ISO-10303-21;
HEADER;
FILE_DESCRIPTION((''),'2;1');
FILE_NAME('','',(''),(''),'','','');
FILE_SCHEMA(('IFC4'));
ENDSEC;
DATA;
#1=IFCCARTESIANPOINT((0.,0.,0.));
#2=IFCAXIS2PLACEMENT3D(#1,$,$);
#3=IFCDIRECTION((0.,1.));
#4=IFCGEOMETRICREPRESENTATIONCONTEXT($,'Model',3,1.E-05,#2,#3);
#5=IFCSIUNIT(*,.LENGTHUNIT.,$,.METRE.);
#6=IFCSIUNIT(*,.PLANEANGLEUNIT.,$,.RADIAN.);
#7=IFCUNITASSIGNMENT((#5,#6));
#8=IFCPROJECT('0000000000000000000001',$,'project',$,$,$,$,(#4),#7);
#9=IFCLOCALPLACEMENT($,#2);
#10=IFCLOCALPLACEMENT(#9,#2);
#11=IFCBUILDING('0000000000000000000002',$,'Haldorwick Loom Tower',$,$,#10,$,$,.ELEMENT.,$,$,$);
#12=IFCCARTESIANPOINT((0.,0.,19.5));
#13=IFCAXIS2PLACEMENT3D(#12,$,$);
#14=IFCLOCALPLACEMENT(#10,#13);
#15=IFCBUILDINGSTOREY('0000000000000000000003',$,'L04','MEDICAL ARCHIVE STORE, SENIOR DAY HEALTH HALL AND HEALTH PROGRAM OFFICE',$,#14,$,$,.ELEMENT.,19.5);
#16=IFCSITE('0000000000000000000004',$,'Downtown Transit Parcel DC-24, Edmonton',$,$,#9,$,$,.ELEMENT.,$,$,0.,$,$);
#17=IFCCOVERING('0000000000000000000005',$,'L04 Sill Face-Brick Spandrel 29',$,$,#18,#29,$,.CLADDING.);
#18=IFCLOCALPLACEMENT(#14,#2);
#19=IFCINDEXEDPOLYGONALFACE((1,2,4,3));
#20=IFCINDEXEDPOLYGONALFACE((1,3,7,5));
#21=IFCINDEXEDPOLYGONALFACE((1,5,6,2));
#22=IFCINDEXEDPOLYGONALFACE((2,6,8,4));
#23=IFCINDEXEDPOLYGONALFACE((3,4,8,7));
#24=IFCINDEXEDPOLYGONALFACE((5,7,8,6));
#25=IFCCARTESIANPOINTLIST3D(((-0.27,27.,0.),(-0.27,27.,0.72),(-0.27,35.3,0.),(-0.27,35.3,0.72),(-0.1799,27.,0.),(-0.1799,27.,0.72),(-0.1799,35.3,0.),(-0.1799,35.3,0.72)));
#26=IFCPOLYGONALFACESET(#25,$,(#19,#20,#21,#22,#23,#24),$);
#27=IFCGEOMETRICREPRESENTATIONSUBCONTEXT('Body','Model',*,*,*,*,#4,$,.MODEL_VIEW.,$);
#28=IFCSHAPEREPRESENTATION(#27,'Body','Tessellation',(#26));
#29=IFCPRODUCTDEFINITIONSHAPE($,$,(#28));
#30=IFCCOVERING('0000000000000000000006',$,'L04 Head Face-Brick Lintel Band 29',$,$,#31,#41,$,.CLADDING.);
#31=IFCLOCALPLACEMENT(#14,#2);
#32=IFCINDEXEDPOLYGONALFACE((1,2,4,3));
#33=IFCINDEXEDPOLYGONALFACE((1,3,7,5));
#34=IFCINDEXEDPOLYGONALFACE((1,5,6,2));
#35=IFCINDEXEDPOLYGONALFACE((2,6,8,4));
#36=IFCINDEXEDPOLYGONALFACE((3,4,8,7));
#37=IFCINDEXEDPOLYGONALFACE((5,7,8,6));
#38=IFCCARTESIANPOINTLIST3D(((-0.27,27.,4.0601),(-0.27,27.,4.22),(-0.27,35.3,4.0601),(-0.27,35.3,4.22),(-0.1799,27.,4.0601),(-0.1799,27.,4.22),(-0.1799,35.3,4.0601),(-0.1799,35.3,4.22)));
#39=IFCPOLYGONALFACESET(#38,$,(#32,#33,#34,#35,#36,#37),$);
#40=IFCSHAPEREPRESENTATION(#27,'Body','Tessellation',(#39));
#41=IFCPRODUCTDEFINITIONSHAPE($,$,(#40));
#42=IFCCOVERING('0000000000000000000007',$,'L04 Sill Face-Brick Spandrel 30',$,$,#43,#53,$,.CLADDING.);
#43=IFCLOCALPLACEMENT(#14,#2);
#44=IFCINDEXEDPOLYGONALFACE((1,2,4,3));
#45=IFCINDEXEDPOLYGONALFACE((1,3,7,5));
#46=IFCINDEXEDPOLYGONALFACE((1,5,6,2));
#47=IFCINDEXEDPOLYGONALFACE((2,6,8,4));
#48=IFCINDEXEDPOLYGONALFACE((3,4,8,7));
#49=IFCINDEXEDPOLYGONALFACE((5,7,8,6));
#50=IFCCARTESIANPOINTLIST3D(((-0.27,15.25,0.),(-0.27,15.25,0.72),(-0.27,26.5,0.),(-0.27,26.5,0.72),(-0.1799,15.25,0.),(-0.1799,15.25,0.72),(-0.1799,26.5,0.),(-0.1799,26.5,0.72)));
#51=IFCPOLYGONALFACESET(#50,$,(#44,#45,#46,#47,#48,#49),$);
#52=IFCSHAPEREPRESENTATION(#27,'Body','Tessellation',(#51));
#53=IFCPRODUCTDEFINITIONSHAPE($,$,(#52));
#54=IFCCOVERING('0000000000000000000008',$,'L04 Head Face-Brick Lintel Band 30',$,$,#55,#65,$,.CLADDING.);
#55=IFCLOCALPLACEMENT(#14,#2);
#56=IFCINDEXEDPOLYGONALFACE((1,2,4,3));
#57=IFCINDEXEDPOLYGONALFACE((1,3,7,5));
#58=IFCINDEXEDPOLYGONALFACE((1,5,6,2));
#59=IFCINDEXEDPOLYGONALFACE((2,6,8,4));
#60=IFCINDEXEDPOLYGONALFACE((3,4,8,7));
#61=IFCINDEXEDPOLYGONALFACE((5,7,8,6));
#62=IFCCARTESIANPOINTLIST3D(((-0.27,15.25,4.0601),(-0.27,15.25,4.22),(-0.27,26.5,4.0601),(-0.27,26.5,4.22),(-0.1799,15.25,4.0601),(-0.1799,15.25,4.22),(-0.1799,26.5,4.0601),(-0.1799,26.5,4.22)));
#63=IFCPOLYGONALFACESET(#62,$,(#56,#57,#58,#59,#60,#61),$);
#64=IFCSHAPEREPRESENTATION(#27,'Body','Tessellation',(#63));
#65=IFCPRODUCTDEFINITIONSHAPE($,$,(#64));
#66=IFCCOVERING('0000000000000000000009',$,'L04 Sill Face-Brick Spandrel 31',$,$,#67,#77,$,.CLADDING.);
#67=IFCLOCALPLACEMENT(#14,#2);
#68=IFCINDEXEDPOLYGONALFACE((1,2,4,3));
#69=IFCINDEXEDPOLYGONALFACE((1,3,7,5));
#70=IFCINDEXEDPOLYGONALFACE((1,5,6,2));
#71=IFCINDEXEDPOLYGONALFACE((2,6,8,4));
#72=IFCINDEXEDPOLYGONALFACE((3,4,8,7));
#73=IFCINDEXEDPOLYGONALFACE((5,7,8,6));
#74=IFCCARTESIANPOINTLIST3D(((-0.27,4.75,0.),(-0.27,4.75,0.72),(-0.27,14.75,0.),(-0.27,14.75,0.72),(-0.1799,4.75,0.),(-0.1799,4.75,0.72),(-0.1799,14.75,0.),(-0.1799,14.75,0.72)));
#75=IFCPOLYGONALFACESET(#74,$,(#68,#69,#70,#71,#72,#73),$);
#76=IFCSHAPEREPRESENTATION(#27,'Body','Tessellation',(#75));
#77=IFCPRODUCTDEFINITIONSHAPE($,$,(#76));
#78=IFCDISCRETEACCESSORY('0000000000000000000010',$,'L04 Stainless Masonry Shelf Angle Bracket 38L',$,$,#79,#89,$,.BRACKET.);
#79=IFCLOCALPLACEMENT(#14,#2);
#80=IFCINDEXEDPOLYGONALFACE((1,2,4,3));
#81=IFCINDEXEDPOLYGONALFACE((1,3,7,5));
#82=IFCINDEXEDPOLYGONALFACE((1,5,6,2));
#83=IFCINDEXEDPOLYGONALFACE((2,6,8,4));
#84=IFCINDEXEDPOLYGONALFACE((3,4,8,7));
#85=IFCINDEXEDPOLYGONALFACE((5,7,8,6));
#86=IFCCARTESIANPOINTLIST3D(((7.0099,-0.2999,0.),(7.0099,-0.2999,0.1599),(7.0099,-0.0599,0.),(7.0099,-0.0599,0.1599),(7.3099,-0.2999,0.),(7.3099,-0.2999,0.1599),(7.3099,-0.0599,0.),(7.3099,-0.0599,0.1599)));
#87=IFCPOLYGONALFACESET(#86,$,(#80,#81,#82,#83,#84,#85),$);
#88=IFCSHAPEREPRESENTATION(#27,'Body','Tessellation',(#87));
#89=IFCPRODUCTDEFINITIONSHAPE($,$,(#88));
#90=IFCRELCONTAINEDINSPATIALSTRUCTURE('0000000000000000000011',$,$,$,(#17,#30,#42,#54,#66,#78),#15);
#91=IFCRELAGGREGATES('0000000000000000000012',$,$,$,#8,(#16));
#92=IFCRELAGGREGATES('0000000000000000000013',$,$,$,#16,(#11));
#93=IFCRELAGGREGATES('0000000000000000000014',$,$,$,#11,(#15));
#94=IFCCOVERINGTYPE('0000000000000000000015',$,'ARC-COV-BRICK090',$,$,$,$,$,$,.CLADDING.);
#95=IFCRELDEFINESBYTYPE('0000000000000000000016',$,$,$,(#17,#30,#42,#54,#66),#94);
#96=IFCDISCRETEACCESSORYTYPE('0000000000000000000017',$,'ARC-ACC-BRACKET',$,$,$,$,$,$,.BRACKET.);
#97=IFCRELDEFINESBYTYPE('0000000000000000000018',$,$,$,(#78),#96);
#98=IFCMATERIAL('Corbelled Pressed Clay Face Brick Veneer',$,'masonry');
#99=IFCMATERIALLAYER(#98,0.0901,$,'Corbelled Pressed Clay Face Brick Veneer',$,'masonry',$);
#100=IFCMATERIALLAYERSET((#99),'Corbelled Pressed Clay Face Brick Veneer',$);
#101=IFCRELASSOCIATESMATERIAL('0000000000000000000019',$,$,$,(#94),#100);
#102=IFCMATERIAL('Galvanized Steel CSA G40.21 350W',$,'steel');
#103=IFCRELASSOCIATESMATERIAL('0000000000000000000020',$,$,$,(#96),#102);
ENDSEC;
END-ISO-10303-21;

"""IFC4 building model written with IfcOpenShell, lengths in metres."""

from ifc_helpers import new_model, si_unit, direction, frame, origin, origin_2d, place, context, subcontext, project, spatial, polyline, rectangle, outline, extrude, material, layer, layer_set, type_object, element, save


model = new_model("IFC4")

# Units and contexts
model_context = context("Model", 3, precision=1e-05, world=origin(), true_north=direction((0.0, 1.0)))
body_context = subcontext(model_context, "Body", "Model", "MODEL_VIEW")
ifc_project = project(units=[si_unit("LENGTHUNIT", "METRE"), si_unit("PLANEANGLEUNIT", "RADIAN")], contexts=[model_context])

# Site, building, storey
site_placement = place(None, origin())
site = spatial("IfcSite", under=ifc_project, at=site_placement, Name="Downtown Transit Parcel DC-24, Edmonton", CompositionType="ELEMENT", RefElevation=0.0)
building_placement = place(site_placement, origin())
building = spatial("IfcBuilding", under=site, at=building_placement, Name="Haldorwick Loom Tower", CompositionType="ELEMENT")
storey_placement = place(building_placement, frame((0.0, 0.0, 19.5)))
storey = spatial("IfcBuildingStorey", under=building, at=storey_placement, Name="L04", Description="MEDICAL ARCHIVE STORE, SENIOR DAY HEALTH HALL AND HEALTH PROGRAM OFFICE", CompositionType="ELEMENT", Elevation=19.5)

# Coverings
ifc_material_1 = material(Name="Corbelled Pressed Clay Face Brick Veneer", Category="masonry")
ifc_layer_1 = layer(ifc_material_1, 0.0901, Name="Corbelled Pressed Clay Face Brick Veneer", Category="masonry")
ifc_layer_set_1 = layer_set([ifc_layer_1], Name="Corbelled Pressed Clay Face Brick Veneer")
covering_type = type_object("IfcCoveringType", Name="ARC-COV-BRICK090", PredefinedType="CLADDING", material=ifc_layer_set_1)
covering_1_placement = place(storey_placement, origin())
element("IfcCovering", 1, at=covering_1_placement, inside=storey, type_object=covering_type, Name="L04 Sill Face-Brick Spandrel 29", PredefinedType="CLADDING", context=body_context, shape_type="SweptSolid", body=[
    extrude(outline(polyline([(-0.27, 35.3), (-0.27, 27.0), (-0.1799, 27.0), (-0.1799, 35.3), (-0.27, 35.3)])), origin(), (0.0, 0.0, 1.0), 0.72),
])
covering_2_placement = place(storey_placement, frame((0.0, 0.0, 4.0601)))
element("IfcCovering", 2, at=covering_2_placement, inside=storey, type_object=covering_type, Name="L04 Head Face-Brick Lintel Band 29", PredefinedType="CLADDING", context=body_context, shape_type="SweptSolid", body=[
    extrude(outline(polyline([(-0.27, 35.3), (-0.27, 27.0), (-0.1799, 27.0), (-0.1799, 35.3), (-0.27, 35.3)])), origin(), (0.0, 0.0, 1.0), 0.1599),
])
covering_3_placement = place(storey_placement, origin())
element("IfcCovering", 3, at=covering_3_placement, inside=storey, type_object=covering_type, Name="L04 Sill Face-Brick Spandrel 30", PredefinedType="CLADDING", context=body_context, shape_type="SweptSolid", body=[
    extrude(outline(polyline([(-0.27, 26.5), (-0.27, 15.25), (-0.1799, 15.25), (-0.1799, 26.5), (-0.27, 26.5)])), origin(), (0.0, 0.0, 1.0), 0.72),
])
covering_4_placement = place(storey_placement, frame((0.0, 0.0, 4.0601)))
element("IfcCovering", 4, at=covering_4_placement, inside=storey, type_object=covering_type, Name="L04 Head Face-Brick Lintel Band 30", PredefinedType="CLADDING", context=body_context, shape_type="SweptSolid", body=[
    extrude(outline(polyline([(-0.27, 26.5), (-0.27, 15.25), (-0.1799, 15.25), (-0.1799, 26.5), (-0.27, 26.5)])), origin(), (0.0, 0.0, 1.0), 0.1599),
])
covering_5_placement = place(storey_placement, origin())
element("IfcCovering", 5, at=covering_5_placement, inside=storey, type_object=covering_type, Name="L04 Sill Face-Brick Spandrel 31", PredefinedType="CLADDING", context=body_context, shape_type="SweptSolid", body=[
    extrude(outline(polyline([(-0.27, 14.75), (-0.27, 4.75), (-0.1799, 4.75), (-0.1799, 14.75), (-0.27, 14.75)])), origin(), (0.0, 0.0, 1.0), 0.72),
])

# Discrete accessory
ifc_material_2 = material(Name="Galvanized Steel CSA G40.21 350W", Category="steel")
discrete_accessory_type = type_object("IfcDiscreteAccessoryType", Name="ARC-ACC-BRACKET", PredefinedType="BRACKET", material=ifc_material_2)
discrete_accessory_placement = place(storey_placement, frame((7.1599, -0.1799, 0.0), z_axis=(0.0, 0.0, 1.0), x_axis=(1.0, 0.0, 0.0)))
element("IfcDiscreteAccessory", 6, at=discrete_accessory_placement, inside=storey, type_object=discrete_accessory_type, Name="L04 Stainless Masonry Shelf Angle Bracket 38L", PredefinedType="BRACKET", context=body_context, shape_type="SweptSolid", body=[
    extrude(rectangle(XDim=0.3, YDim=0.24, at=origin_2d()), origin(), (0.0, 0.0, 1.0), 0.1599),
])

save(model, "model.ifc")
